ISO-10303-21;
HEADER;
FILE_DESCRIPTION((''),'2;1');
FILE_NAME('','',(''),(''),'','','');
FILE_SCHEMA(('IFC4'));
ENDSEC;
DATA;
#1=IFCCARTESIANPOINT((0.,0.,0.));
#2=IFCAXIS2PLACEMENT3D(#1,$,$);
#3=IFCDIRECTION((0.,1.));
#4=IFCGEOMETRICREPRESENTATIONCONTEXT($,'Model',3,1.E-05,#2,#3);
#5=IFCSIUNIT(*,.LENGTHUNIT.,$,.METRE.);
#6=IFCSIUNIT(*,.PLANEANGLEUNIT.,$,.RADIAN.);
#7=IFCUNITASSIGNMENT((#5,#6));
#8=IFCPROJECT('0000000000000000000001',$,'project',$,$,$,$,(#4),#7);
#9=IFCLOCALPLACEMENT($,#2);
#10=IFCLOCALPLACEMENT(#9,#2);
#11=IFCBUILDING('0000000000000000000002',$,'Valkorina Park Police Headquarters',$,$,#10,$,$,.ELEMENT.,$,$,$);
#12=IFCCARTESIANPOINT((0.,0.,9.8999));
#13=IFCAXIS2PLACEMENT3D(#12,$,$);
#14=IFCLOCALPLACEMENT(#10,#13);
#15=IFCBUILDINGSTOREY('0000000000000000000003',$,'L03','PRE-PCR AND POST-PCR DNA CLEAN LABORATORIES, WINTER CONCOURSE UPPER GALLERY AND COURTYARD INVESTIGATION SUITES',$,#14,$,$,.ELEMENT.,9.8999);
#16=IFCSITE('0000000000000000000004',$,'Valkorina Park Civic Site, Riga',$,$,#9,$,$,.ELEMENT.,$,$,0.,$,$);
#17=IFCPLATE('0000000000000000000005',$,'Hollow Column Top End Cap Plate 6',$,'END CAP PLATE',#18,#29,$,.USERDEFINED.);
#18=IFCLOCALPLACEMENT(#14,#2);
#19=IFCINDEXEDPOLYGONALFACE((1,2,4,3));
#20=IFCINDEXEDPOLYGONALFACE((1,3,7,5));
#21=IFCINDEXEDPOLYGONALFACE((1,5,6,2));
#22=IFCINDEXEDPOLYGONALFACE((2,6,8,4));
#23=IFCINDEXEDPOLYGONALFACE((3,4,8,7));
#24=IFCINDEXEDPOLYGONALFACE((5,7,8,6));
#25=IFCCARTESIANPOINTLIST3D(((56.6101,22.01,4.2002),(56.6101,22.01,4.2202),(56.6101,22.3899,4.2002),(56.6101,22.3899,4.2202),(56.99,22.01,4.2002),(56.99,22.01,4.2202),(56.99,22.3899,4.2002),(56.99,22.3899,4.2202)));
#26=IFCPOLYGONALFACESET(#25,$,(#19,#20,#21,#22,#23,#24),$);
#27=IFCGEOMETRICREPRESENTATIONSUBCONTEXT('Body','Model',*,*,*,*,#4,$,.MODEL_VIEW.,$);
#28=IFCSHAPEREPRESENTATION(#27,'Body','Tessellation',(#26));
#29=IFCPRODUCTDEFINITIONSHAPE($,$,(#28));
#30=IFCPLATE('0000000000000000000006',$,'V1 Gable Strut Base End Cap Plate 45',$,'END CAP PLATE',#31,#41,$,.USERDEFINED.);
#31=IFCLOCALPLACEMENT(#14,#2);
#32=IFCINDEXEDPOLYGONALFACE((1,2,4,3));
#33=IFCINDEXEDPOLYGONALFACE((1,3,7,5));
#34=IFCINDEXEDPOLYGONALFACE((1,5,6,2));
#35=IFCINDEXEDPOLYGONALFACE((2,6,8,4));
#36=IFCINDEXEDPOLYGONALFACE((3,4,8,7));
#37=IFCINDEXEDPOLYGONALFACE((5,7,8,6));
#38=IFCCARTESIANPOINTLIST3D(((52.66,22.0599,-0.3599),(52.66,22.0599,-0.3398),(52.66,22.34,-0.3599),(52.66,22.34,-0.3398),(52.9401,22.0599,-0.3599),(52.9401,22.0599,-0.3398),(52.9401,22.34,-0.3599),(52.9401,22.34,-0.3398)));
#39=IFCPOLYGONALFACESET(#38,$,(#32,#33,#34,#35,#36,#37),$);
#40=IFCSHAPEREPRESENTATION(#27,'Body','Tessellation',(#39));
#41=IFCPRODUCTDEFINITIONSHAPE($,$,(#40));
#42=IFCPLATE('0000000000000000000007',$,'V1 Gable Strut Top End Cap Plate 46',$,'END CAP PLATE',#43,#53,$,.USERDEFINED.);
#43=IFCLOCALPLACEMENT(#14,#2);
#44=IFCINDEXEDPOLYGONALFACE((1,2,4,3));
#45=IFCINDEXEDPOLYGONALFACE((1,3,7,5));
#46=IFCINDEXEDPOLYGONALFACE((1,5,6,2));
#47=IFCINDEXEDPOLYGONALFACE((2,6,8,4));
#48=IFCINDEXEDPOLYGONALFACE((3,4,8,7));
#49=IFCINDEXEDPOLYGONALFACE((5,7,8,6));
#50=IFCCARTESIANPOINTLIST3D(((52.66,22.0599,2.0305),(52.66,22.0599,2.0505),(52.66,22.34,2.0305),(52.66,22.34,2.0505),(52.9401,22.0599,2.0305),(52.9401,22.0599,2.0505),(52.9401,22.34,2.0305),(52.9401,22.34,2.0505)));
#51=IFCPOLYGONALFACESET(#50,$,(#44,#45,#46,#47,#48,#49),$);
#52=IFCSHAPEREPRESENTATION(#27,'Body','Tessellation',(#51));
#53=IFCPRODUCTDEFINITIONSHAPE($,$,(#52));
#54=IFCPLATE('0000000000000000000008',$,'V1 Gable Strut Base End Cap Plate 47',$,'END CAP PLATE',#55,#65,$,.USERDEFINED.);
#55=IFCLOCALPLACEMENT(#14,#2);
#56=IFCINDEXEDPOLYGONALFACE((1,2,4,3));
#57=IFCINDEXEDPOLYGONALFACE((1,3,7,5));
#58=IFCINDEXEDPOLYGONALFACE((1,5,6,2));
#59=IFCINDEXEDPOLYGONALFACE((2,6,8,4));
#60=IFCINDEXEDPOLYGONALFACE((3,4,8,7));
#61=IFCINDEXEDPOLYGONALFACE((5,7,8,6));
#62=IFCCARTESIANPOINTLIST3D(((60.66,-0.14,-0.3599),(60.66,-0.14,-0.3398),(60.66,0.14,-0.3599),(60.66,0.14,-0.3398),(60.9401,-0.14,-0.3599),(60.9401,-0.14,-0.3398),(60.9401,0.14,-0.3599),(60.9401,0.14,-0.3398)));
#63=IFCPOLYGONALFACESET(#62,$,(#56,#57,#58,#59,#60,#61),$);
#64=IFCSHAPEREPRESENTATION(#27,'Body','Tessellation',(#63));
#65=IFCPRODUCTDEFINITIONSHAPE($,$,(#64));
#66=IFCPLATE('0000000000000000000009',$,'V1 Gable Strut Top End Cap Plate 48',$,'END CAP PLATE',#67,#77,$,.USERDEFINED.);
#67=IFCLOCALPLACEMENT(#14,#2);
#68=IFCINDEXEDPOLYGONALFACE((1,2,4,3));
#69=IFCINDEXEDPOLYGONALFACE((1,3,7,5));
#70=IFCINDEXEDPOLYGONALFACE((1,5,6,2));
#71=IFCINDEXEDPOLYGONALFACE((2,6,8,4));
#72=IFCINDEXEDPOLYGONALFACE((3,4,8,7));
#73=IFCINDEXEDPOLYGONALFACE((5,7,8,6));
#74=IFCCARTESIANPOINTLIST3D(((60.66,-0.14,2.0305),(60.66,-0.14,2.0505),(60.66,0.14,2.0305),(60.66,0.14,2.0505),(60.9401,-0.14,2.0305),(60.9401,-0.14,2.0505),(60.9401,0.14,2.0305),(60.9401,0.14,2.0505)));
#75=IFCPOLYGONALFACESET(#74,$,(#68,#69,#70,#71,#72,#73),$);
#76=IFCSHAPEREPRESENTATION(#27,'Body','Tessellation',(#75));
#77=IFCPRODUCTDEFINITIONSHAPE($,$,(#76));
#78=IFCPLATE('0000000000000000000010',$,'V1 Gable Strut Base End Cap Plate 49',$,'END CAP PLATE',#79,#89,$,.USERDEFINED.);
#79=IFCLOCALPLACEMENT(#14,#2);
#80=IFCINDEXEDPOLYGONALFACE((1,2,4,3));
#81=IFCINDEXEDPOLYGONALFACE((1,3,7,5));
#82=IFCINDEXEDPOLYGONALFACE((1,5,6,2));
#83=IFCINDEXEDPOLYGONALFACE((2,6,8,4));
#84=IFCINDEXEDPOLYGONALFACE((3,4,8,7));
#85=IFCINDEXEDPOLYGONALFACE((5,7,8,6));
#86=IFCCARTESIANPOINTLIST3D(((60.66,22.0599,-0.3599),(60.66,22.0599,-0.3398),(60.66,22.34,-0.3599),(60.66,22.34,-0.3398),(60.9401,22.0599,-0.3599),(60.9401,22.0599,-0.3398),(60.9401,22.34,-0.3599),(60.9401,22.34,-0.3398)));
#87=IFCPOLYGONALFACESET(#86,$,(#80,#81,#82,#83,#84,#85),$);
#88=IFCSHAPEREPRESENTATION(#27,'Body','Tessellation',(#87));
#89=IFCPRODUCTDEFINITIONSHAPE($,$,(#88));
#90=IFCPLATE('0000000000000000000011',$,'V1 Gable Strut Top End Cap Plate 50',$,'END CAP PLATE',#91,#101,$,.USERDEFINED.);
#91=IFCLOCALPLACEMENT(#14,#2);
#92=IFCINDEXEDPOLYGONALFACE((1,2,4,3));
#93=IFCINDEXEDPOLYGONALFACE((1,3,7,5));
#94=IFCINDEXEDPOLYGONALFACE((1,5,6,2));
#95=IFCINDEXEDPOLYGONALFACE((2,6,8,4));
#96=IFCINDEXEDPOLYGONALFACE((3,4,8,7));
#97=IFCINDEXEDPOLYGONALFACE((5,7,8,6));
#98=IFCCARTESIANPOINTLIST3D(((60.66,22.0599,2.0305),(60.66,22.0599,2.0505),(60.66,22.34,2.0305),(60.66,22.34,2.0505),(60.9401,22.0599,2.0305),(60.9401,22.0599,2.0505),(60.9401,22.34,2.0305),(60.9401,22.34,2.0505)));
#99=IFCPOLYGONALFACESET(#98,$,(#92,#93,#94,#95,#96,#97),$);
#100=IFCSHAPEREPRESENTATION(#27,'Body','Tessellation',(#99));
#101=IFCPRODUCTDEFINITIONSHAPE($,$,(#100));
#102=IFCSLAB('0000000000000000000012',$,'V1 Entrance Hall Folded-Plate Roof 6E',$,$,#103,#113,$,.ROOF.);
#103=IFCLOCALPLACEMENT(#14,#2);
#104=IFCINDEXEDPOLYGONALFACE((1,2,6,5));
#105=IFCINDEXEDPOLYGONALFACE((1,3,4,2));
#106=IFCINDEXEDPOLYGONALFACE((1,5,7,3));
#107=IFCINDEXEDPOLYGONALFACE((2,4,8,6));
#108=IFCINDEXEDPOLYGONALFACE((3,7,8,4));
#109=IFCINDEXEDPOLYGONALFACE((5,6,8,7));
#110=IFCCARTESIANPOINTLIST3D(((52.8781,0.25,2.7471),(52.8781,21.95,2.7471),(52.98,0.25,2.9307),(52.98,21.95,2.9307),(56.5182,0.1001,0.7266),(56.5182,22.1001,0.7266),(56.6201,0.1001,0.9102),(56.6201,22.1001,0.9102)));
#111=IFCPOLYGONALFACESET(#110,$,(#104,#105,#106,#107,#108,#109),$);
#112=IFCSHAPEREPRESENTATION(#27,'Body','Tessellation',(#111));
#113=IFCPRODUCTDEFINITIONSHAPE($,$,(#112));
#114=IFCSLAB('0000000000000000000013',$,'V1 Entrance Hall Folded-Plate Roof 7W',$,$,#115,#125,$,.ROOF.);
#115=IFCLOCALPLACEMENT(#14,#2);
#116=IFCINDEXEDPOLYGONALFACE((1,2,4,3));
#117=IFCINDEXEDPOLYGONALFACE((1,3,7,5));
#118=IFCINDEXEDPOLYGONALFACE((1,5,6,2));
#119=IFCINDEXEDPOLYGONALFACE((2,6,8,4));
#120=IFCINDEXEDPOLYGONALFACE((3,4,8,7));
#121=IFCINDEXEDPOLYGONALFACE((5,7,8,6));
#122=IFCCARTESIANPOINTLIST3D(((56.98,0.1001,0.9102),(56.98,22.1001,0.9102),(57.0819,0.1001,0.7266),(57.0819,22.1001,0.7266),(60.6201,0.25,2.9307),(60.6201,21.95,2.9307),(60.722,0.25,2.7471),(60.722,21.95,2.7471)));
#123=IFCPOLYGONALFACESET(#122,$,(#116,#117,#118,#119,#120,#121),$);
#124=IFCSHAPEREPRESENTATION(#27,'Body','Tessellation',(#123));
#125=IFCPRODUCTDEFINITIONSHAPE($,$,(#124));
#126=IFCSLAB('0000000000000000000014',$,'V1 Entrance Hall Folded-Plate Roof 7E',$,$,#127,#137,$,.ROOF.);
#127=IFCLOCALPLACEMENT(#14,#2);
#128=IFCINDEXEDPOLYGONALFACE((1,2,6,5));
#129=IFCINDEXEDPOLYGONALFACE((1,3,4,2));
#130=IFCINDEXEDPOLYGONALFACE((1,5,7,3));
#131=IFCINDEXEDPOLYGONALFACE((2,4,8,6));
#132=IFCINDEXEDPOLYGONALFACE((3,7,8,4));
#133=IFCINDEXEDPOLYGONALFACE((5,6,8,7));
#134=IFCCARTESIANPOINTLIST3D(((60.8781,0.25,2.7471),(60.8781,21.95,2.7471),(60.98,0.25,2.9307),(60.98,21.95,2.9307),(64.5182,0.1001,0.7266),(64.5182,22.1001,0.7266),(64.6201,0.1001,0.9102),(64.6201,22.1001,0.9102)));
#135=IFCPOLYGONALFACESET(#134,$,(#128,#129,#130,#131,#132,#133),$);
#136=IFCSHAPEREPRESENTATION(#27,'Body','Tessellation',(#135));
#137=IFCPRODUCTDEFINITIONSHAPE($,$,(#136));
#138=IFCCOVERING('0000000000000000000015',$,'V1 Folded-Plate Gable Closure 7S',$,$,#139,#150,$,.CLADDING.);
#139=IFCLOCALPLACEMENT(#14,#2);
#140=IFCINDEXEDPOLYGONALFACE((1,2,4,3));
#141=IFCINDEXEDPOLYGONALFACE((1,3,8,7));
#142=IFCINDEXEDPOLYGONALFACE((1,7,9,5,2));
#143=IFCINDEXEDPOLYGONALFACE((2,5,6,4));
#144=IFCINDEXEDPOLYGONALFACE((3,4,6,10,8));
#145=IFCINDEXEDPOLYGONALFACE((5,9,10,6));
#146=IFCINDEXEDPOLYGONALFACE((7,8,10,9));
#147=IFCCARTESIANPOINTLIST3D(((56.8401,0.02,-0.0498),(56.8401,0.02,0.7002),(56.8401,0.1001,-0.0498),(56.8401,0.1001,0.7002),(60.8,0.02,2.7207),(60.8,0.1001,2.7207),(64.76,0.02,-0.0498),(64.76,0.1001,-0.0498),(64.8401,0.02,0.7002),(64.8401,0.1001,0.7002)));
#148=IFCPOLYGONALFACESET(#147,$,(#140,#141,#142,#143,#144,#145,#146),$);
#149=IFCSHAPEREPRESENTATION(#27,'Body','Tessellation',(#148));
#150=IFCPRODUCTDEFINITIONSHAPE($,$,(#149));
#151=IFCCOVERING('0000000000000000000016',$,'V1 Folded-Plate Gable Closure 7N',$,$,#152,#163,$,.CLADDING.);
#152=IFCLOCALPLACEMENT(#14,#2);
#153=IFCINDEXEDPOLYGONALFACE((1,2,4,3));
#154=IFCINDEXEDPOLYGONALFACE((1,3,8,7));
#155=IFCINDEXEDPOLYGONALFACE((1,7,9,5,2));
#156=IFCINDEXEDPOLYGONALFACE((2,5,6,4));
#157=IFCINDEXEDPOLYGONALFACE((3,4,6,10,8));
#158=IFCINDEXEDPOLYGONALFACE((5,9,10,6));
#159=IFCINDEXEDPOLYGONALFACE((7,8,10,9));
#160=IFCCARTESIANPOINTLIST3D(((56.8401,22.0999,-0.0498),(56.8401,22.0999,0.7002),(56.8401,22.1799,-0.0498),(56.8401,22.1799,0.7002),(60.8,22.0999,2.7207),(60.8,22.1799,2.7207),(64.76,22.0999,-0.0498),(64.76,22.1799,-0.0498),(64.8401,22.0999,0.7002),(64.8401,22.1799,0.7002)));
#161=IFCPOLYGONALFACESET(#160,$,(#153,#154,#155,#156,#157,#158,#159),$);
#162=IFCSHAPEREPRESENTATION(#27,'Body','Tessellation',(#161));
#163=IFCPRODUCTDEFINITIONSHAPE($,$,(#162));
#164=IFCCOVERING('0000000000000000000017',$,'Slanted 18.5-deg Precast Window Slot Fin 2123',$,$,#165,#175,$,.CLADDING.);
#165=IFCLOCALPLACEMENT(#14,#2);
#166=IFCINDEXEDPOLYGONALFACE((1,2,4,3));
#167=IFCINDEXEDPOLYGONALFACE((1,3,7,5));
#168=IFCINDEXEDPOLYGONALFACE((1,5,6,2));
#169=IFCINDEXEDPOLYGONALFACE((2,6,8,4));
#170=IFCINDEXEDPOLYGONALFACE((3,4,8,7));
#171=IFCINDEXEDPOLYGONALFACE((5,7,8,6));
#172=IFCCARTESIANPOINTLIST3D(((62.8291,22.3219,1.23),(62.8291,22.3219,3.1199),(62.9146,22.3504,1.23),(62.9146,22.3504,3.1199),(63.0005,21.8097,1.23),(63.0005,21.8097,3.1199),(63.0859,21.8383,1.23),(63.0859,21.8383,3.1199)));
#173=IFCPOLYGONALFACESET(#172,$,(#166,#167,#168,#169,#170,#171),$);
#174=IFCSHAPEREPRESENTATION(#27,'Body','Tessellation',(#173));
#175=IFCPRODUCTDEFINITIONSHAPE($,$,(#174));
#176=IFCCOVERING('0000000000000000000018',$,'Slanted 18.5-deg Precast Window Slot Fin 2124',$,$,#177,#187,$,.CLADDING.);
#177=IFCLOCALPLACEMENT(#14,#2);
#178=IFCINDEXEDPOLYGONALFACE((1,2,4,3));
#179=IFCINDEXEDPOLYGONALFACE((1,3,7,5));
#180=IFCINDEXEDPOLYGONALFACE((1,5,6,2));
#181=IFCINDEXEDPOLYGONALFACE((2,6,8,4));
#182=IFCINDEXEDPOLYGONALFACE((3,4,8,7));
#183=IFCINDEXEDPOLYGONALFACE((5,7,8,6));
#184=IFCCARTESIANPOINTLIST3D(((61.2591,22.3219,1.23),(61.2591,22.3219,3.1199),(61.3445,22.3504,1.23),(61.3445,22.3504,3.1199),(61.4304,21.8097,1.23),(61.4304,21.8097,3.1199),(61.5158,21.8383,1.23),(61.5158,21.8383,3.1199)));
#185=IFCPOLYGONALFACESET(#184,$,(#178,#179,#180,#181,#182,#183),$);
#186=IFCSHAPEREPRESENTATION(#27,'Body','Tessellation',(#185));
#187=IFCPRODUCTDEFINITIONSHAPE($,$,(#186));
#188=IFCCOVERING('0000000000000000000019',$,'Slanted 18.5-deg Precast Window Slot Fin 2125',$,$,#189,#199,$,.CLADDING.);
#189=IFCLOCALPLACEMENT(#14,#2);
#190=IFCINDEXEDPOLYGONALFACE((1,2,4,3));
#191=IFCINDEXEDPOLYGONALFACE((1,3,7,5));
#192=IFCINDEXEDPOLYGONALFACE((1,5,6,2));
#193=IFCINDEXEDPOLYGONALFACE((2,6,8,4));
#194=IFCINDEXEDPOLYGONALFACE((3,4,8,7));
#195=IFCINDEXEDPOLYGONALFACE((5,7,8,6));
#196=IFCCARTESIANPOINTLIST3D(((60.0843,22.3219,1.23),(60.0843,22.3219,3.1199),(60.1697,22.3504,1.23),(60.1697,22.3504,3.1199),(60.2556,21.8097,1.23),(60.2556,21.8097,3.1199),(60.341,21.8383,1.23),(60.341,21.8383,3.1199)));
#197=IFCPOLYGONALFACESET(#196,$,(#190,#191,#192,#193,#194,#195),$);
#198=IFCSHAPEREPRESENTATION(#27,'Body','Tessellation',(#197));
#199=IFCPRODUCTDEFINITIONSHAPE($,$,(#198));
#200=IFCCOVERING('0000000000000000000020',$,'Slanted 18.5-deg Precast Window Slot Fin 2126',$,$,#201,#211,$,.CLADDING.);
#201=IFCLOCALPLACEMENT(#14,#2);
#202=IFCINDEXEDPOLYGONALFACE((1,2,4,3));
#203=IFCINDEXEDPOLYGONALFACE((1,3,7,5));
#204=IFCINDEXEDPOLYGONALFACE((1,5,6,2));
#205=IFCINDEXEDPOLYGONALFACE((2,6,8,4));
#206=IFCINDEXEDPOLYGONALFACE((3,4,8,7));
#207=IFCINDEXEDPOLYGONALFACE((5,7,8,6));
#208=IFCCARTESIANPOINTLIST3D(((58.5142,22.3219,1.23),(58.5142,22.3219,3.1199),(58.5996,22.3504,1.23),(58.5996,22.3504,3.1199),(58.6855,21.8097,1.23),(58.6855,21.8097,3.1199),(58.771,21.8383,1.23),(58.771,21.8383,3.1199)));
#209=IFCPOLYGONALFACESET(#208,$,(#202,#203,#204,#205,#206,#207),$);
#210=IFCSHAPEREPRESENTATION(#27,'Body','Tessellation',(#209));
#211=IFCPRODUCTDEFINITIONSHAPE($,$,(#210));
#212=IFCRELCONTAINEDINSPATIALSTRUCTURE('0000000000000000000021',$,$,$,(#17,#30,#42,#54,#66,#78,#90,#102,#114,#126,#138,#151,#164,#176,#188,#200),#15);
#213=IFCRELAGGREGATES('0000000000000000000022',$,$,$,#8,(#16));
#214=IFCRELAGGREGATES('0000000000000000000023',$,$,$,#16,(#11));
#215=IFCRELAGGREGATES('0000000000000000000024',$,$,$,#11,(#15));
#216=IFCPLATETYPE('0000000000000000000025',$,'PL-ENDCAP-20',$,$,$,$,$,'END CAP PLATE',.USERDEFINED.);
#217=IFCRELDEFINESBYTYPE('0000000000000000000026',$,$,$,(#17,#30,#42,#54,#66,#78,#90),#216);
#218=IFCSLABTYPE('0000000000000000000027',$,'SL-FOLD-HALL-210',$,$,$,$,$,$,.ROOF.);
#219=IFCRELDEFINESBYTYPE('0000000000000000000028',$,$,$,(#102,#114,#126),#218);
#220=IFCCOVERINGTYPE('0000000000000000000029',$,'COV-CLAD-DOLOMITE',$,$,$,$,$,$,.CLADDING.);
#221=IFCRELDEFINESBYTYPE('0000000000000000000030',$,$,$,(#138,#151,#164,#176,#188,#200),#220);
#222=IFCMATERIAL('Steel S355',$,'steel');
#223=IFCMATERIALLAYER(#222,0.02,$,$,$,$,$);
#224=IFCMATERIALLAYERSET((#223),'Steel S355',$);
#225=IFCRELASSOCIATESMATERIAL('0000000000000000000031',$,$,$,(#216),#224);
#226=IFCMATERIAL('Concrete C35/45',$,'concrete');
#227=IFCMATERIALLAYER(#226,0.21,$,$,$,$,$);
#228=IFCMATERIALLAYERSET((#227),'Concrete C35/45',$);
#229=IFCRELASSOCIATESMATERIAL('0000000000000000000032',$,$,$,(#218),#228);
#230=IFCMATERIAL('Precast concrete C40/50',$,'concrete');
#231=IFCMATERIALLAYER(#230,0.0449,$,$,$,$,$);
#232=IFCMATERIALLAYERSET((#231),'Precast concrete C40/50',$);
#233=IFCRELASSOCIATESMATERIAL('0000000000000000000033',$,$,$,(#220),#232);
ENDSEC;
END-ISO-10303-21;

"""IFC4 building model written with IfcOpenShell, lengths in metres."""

from ifc_helpers import new_model, si_unit, direction, frame, origin, origin_2d, place, context, subcontext, project, spatial, polyline, rectangle, outline, extrude, material, layer, layer_set, type_object, element, save


model = new_model("IFC4")

# Units and contexts
model_context = context("Model", 3, precision=1e-05, world=origin(), true_north=direction((0.0, 1.0)))
body_context = subcontext(model_context, "Body", "Model", "MODEL_VIEW")
ifc_project = project(units=[si_unit("LENGTHUNIT", "METRE"), si_unit("PLANEANGLEUNIT", "RADIAN")], contexts=[model_context])

# Site, building, storey
site_placement = place(None, origin())
site = spatial("IfcSite", under=ifc_project, at=site_placement, Name="Valkorina Park Civic Site, Riga", CompositionType="ELEMENT", RefElevation=0.0)
building_placement = place(site_placement, origin())
building = spatial("IfcBuilding", under=site, at=building_placement, Name="Valkorina Park Police Headquarters", CompositionType="ELEMENT")
storey_placement = place(building_placement, frame((0.0, 0.0, 9.8999)))
storey = spatial("IfcBuildingStorey", under=building, at=storey_placement, Name="L03", Description="PRE-PCR AND POST-PCR DNA CLEAN LABORATORIES, WINTER CONCOURSE UPPER GALLERY AND COURTYARD INVESTIGATION SUITES", CompositionType="ELEMENT", Elevation=9.8999)

# Shared definitions
ifc_material_1 = material(Name="Steel S355", Category="steel")

# Plates
ifc_layer_1 = layer(ifc_material_1, 0.02)
ifc_layer_set_1 = layer_set([ifc_layer_1], Name="Steel S355")
plate_type = type_object("IfcPlateType", Name="PL-ENDCAP-20", ElementType="END CAP PLATE", PredefinedType="USERDEFINED", material=ifc_layer_set_1)
plate_placement = place(storey_placement, frame((56.8, 22.2, 4.2002), z_axis=(0.0, 0.0, 1.0), x_axis=(1.0, 0.0, 0.0)))
element("IfcPlate", 1, at=plate_placement, inside=storey, type_object=plate_type, Name="Hollow Column Top End Cap Plate 6", ObjectType="END CAP PLATE", PredefinedType="USERDEFINED", context=body_context, shape_type="SweptSolid", body=[
    extrude(rectangle(XDim=0.3799, YDim=0.3799, at=origin_2d()), origin(), (0.0, 0.0, 1.0), 0.02),
])
for number, where, z_axis, x_axis, name in (
    (2, (52.8, 22.2, -0.3599), (0.0, 0.0, 1.0), (1.0, 0.0, 0.0), "V1 Gable Strut Base End Cap Plate 45"),
    (3, (52.8, 22.2, 2.0305), (0.0, 0.0, 1.0), (1.0, 0.0, 0.0), "V1 Gable Strut Top End Cap Plate 46"),
    (4, (60.8, 0.0, -0.3599), (0.0, 0.0, 1.0), (1.0, 0.0, 0.0), "V1 Gable Strut Base End Cap Plate 47"),
    (5, (60.8, 0.0, 2.0305), (0.0, 0.0, 1.0), (1.0, 0.0, 0.0), "V1 Gable Strut Top End Cap Plate 48"),
    (6, (60.8, 22.2, -0.3599), (0.0, 0.0, 1.0), (1.0, 0.0, 0.0), "V1 Gable Strut Base End Cap Plate 49"),
    (7, (60.8, 22.2, 2.0305), (0.0, 0.0, 1.0), (1.0, 0.0, 0.0), "V1 Gable Strut Top End Cap Plate 50"),
):
    element("IfcPlate", number, at=place(storey_placement, frame(where, z_axis=z_axis, x_axis=x_axis)), inside=storey, type_object=plate_type, Name=name, ObjectType="END CAP PLATE", PredefinedType="USERDEFINED", context=body_context, shape_type="SweptSolid", body=[
        extrude(rectangle(XDim=0.28, YDim=0.28, at=origin_2d()), origin(), (0.0, 0.0, 1.0), 0.02),
    ])

# Slabs
ifc_material_2 = material(Name="Concrete C35/45", Category="concrete")
ifc_layer_2 = layer(ifc_material_2, 0.21)
ifc_layer_set_2 = layer_set([ifc_layer_2], Name="Concrete C35/45")
slab_type = type_object("IfcSlabType", Name="SL-FOLD-HALL-210", PredefinedType="ROOF", material=ifc_layer_set_2)
slab_1_placement = place(storey_placement, frame((52.98, 0.25, 2.9307), z_axis=(0.485314, 0.0, 0.87434), x_axis=(0.873774, -0.035982, -0.485)))
element("IfcSlab", 8, at=slab_1_placement, inside=storey, type_object=slab_type, Name="V1 Entrance Hall Folded-Plate Roof 6E", PredefinedType="ROOF", context=body_context, shape_type="SweptSolid", body=[
    extrude(outline(polyline([(0.0, 0.0), (4.166, 0.0), (3.3744, 21.9858), (-0.7808, 21.6859), (0.0, 0.0)])), origin(), (0.0, 0.0, -1.0), 0.21),
])
slab_2_placement = place(storey_placement, frame((56.98, 0.1001, 0.9102), z_axis=(-0.485314, 0.0, 0.87434), x_axis=(0.873774, 0.035982, 0.485)))
element("IfcSlab", 9, at=slab_2_placement, inside=storey, type_object=slab_type, Name="V1 Entrance Hall Folded-Plate Roof 7W", PredefinedType="ROOF", context=body_context, shape_type="SweptSolid", body=[
    extrude(outline(polyline([(0.0, 0.0), (4.166, 0.0), (4.9468, 21.6859), (0.7916, 21.9858), (0.0, 0.0)])), origin(), (0.0, 0.0, -1.0), 0.21),
])
slab_3_placement = place(storey_placement, frame((60.98, 0.25, 2.9307), z_axis=(0.485314, 0.0, 0.87434), x_axis=(0.873774, -0.035982, -0.485)))
element("IfcSlab", 10, at=slab_3_placement, inside=storey, type_object=slab_type, Name="V1 Entrance Hall Folded-Plate Roof 7E", PredefinedType="ROOF", context=body_context, shape_type="SweptSolid", body=[
    extrude(outline(polyline([(0.0, 0.0), (4.166, 0.0), (3.3744, 21.9858), (-0.7808, 21.6859), (0.0, 0.0)])), origin(), (0.0, 0.0, -1.0), 0.21),
])

# Coverings
ifc_material_3 = material(Name="Precast concrete C40/50", Category="concrete")
ifc_layer_3 = layer(ifc_material_3, 0.0449)
ifc_layer_set_3 = layer_set([ifc_layer_3], Name="Precast concrete C40/50")
covering_type = type_object("IfcCoveringType", Name="COV-CLAD-DOLOMITE", PredefinedType="CLADDING", material=ifc_layer_set_3)
for number, where, z_axis, x_axis, name in (
    (11, (56.8401, 0.0601, -0.0498), (0.0, 0.0, 1.0), (1.0, 0.0, 0.0), "V1 Folded-Plate Gable Closure 7S"),
    (12, (56.8401, 22.1399, -0.0498), (0.0, 0.0, 1.0), (1.0, 0.0, 0.0), "V1 Folded-Plate Gable Closure 7N"),
):
    element("IfcCovering", number, at=place(storey_placement, frame(where, z_axis=z_axis, x_axis=x_axis)), inside=storey, type_object=covering_type, Name=name, PredefinedType="CLADDING", context=body_context, shape_type="SweptSolid", body=[
        extrude(outline(polyline([(0.0, 0.0), (7.9199, 0.0), (8.0, 0.75), (3.96, 2.7705), (0.0, 0.75), (0.0, 0.0)])), frame((0.0, 0.04, 0.0), z_axis=(0.0, -1.0, 0.0), x_axis=(1.0, 0.0, 0.0)), (0.0, 0.0, 1.0), 0.0801),
    ])
for number, where, z_axis, x_axis, name in (
    (13, (62.9575, 22.0801, 1.23), (0.0, 0.0, 1.0), (0.317305, -0.948324, 0.0), "Slanted 18.5-deg Precast Window Slot Fin 2123"),
    (14, (61.3875, 22.0801, 1.23), (0.0, 0.0, 1.0), (0.317305, -0.948324, 0.0), "Slanted 18.5-deg Precast Window Slot Fin 2124"),
    (15, (60.2126, 22.0801, 1.23), (0.0, 0.0, 1.0), (0.317305, -0.948324, 0.0), "Slanted 18.5-deg Precast Window Slot Fin 2125"),
    (16, (58.6426, 22.0801, 1.23), (0.0, 0.0, 1.0), (0.317305, -0.948324, 0.0), "Slanted 18.5-deg Precast Window Slot Fin 2126"),
):
    element("IfcCovering", number, at=place(storey_placement, frame(where, z_axis=z_axis, x_axis=x_axis)), inside=storey, type_object=covering_type, Name=name, PredefinedType="CLADDING", context=body_context, shape_type="SweptSolid", body=[
        extrude(rectangle(XDim=0.54, YDim=0.0901, at=origin_2d()), origin(), (0.0, 0.0, 1.0), 1.8899),
    ])

save(model, "model.ifc")
